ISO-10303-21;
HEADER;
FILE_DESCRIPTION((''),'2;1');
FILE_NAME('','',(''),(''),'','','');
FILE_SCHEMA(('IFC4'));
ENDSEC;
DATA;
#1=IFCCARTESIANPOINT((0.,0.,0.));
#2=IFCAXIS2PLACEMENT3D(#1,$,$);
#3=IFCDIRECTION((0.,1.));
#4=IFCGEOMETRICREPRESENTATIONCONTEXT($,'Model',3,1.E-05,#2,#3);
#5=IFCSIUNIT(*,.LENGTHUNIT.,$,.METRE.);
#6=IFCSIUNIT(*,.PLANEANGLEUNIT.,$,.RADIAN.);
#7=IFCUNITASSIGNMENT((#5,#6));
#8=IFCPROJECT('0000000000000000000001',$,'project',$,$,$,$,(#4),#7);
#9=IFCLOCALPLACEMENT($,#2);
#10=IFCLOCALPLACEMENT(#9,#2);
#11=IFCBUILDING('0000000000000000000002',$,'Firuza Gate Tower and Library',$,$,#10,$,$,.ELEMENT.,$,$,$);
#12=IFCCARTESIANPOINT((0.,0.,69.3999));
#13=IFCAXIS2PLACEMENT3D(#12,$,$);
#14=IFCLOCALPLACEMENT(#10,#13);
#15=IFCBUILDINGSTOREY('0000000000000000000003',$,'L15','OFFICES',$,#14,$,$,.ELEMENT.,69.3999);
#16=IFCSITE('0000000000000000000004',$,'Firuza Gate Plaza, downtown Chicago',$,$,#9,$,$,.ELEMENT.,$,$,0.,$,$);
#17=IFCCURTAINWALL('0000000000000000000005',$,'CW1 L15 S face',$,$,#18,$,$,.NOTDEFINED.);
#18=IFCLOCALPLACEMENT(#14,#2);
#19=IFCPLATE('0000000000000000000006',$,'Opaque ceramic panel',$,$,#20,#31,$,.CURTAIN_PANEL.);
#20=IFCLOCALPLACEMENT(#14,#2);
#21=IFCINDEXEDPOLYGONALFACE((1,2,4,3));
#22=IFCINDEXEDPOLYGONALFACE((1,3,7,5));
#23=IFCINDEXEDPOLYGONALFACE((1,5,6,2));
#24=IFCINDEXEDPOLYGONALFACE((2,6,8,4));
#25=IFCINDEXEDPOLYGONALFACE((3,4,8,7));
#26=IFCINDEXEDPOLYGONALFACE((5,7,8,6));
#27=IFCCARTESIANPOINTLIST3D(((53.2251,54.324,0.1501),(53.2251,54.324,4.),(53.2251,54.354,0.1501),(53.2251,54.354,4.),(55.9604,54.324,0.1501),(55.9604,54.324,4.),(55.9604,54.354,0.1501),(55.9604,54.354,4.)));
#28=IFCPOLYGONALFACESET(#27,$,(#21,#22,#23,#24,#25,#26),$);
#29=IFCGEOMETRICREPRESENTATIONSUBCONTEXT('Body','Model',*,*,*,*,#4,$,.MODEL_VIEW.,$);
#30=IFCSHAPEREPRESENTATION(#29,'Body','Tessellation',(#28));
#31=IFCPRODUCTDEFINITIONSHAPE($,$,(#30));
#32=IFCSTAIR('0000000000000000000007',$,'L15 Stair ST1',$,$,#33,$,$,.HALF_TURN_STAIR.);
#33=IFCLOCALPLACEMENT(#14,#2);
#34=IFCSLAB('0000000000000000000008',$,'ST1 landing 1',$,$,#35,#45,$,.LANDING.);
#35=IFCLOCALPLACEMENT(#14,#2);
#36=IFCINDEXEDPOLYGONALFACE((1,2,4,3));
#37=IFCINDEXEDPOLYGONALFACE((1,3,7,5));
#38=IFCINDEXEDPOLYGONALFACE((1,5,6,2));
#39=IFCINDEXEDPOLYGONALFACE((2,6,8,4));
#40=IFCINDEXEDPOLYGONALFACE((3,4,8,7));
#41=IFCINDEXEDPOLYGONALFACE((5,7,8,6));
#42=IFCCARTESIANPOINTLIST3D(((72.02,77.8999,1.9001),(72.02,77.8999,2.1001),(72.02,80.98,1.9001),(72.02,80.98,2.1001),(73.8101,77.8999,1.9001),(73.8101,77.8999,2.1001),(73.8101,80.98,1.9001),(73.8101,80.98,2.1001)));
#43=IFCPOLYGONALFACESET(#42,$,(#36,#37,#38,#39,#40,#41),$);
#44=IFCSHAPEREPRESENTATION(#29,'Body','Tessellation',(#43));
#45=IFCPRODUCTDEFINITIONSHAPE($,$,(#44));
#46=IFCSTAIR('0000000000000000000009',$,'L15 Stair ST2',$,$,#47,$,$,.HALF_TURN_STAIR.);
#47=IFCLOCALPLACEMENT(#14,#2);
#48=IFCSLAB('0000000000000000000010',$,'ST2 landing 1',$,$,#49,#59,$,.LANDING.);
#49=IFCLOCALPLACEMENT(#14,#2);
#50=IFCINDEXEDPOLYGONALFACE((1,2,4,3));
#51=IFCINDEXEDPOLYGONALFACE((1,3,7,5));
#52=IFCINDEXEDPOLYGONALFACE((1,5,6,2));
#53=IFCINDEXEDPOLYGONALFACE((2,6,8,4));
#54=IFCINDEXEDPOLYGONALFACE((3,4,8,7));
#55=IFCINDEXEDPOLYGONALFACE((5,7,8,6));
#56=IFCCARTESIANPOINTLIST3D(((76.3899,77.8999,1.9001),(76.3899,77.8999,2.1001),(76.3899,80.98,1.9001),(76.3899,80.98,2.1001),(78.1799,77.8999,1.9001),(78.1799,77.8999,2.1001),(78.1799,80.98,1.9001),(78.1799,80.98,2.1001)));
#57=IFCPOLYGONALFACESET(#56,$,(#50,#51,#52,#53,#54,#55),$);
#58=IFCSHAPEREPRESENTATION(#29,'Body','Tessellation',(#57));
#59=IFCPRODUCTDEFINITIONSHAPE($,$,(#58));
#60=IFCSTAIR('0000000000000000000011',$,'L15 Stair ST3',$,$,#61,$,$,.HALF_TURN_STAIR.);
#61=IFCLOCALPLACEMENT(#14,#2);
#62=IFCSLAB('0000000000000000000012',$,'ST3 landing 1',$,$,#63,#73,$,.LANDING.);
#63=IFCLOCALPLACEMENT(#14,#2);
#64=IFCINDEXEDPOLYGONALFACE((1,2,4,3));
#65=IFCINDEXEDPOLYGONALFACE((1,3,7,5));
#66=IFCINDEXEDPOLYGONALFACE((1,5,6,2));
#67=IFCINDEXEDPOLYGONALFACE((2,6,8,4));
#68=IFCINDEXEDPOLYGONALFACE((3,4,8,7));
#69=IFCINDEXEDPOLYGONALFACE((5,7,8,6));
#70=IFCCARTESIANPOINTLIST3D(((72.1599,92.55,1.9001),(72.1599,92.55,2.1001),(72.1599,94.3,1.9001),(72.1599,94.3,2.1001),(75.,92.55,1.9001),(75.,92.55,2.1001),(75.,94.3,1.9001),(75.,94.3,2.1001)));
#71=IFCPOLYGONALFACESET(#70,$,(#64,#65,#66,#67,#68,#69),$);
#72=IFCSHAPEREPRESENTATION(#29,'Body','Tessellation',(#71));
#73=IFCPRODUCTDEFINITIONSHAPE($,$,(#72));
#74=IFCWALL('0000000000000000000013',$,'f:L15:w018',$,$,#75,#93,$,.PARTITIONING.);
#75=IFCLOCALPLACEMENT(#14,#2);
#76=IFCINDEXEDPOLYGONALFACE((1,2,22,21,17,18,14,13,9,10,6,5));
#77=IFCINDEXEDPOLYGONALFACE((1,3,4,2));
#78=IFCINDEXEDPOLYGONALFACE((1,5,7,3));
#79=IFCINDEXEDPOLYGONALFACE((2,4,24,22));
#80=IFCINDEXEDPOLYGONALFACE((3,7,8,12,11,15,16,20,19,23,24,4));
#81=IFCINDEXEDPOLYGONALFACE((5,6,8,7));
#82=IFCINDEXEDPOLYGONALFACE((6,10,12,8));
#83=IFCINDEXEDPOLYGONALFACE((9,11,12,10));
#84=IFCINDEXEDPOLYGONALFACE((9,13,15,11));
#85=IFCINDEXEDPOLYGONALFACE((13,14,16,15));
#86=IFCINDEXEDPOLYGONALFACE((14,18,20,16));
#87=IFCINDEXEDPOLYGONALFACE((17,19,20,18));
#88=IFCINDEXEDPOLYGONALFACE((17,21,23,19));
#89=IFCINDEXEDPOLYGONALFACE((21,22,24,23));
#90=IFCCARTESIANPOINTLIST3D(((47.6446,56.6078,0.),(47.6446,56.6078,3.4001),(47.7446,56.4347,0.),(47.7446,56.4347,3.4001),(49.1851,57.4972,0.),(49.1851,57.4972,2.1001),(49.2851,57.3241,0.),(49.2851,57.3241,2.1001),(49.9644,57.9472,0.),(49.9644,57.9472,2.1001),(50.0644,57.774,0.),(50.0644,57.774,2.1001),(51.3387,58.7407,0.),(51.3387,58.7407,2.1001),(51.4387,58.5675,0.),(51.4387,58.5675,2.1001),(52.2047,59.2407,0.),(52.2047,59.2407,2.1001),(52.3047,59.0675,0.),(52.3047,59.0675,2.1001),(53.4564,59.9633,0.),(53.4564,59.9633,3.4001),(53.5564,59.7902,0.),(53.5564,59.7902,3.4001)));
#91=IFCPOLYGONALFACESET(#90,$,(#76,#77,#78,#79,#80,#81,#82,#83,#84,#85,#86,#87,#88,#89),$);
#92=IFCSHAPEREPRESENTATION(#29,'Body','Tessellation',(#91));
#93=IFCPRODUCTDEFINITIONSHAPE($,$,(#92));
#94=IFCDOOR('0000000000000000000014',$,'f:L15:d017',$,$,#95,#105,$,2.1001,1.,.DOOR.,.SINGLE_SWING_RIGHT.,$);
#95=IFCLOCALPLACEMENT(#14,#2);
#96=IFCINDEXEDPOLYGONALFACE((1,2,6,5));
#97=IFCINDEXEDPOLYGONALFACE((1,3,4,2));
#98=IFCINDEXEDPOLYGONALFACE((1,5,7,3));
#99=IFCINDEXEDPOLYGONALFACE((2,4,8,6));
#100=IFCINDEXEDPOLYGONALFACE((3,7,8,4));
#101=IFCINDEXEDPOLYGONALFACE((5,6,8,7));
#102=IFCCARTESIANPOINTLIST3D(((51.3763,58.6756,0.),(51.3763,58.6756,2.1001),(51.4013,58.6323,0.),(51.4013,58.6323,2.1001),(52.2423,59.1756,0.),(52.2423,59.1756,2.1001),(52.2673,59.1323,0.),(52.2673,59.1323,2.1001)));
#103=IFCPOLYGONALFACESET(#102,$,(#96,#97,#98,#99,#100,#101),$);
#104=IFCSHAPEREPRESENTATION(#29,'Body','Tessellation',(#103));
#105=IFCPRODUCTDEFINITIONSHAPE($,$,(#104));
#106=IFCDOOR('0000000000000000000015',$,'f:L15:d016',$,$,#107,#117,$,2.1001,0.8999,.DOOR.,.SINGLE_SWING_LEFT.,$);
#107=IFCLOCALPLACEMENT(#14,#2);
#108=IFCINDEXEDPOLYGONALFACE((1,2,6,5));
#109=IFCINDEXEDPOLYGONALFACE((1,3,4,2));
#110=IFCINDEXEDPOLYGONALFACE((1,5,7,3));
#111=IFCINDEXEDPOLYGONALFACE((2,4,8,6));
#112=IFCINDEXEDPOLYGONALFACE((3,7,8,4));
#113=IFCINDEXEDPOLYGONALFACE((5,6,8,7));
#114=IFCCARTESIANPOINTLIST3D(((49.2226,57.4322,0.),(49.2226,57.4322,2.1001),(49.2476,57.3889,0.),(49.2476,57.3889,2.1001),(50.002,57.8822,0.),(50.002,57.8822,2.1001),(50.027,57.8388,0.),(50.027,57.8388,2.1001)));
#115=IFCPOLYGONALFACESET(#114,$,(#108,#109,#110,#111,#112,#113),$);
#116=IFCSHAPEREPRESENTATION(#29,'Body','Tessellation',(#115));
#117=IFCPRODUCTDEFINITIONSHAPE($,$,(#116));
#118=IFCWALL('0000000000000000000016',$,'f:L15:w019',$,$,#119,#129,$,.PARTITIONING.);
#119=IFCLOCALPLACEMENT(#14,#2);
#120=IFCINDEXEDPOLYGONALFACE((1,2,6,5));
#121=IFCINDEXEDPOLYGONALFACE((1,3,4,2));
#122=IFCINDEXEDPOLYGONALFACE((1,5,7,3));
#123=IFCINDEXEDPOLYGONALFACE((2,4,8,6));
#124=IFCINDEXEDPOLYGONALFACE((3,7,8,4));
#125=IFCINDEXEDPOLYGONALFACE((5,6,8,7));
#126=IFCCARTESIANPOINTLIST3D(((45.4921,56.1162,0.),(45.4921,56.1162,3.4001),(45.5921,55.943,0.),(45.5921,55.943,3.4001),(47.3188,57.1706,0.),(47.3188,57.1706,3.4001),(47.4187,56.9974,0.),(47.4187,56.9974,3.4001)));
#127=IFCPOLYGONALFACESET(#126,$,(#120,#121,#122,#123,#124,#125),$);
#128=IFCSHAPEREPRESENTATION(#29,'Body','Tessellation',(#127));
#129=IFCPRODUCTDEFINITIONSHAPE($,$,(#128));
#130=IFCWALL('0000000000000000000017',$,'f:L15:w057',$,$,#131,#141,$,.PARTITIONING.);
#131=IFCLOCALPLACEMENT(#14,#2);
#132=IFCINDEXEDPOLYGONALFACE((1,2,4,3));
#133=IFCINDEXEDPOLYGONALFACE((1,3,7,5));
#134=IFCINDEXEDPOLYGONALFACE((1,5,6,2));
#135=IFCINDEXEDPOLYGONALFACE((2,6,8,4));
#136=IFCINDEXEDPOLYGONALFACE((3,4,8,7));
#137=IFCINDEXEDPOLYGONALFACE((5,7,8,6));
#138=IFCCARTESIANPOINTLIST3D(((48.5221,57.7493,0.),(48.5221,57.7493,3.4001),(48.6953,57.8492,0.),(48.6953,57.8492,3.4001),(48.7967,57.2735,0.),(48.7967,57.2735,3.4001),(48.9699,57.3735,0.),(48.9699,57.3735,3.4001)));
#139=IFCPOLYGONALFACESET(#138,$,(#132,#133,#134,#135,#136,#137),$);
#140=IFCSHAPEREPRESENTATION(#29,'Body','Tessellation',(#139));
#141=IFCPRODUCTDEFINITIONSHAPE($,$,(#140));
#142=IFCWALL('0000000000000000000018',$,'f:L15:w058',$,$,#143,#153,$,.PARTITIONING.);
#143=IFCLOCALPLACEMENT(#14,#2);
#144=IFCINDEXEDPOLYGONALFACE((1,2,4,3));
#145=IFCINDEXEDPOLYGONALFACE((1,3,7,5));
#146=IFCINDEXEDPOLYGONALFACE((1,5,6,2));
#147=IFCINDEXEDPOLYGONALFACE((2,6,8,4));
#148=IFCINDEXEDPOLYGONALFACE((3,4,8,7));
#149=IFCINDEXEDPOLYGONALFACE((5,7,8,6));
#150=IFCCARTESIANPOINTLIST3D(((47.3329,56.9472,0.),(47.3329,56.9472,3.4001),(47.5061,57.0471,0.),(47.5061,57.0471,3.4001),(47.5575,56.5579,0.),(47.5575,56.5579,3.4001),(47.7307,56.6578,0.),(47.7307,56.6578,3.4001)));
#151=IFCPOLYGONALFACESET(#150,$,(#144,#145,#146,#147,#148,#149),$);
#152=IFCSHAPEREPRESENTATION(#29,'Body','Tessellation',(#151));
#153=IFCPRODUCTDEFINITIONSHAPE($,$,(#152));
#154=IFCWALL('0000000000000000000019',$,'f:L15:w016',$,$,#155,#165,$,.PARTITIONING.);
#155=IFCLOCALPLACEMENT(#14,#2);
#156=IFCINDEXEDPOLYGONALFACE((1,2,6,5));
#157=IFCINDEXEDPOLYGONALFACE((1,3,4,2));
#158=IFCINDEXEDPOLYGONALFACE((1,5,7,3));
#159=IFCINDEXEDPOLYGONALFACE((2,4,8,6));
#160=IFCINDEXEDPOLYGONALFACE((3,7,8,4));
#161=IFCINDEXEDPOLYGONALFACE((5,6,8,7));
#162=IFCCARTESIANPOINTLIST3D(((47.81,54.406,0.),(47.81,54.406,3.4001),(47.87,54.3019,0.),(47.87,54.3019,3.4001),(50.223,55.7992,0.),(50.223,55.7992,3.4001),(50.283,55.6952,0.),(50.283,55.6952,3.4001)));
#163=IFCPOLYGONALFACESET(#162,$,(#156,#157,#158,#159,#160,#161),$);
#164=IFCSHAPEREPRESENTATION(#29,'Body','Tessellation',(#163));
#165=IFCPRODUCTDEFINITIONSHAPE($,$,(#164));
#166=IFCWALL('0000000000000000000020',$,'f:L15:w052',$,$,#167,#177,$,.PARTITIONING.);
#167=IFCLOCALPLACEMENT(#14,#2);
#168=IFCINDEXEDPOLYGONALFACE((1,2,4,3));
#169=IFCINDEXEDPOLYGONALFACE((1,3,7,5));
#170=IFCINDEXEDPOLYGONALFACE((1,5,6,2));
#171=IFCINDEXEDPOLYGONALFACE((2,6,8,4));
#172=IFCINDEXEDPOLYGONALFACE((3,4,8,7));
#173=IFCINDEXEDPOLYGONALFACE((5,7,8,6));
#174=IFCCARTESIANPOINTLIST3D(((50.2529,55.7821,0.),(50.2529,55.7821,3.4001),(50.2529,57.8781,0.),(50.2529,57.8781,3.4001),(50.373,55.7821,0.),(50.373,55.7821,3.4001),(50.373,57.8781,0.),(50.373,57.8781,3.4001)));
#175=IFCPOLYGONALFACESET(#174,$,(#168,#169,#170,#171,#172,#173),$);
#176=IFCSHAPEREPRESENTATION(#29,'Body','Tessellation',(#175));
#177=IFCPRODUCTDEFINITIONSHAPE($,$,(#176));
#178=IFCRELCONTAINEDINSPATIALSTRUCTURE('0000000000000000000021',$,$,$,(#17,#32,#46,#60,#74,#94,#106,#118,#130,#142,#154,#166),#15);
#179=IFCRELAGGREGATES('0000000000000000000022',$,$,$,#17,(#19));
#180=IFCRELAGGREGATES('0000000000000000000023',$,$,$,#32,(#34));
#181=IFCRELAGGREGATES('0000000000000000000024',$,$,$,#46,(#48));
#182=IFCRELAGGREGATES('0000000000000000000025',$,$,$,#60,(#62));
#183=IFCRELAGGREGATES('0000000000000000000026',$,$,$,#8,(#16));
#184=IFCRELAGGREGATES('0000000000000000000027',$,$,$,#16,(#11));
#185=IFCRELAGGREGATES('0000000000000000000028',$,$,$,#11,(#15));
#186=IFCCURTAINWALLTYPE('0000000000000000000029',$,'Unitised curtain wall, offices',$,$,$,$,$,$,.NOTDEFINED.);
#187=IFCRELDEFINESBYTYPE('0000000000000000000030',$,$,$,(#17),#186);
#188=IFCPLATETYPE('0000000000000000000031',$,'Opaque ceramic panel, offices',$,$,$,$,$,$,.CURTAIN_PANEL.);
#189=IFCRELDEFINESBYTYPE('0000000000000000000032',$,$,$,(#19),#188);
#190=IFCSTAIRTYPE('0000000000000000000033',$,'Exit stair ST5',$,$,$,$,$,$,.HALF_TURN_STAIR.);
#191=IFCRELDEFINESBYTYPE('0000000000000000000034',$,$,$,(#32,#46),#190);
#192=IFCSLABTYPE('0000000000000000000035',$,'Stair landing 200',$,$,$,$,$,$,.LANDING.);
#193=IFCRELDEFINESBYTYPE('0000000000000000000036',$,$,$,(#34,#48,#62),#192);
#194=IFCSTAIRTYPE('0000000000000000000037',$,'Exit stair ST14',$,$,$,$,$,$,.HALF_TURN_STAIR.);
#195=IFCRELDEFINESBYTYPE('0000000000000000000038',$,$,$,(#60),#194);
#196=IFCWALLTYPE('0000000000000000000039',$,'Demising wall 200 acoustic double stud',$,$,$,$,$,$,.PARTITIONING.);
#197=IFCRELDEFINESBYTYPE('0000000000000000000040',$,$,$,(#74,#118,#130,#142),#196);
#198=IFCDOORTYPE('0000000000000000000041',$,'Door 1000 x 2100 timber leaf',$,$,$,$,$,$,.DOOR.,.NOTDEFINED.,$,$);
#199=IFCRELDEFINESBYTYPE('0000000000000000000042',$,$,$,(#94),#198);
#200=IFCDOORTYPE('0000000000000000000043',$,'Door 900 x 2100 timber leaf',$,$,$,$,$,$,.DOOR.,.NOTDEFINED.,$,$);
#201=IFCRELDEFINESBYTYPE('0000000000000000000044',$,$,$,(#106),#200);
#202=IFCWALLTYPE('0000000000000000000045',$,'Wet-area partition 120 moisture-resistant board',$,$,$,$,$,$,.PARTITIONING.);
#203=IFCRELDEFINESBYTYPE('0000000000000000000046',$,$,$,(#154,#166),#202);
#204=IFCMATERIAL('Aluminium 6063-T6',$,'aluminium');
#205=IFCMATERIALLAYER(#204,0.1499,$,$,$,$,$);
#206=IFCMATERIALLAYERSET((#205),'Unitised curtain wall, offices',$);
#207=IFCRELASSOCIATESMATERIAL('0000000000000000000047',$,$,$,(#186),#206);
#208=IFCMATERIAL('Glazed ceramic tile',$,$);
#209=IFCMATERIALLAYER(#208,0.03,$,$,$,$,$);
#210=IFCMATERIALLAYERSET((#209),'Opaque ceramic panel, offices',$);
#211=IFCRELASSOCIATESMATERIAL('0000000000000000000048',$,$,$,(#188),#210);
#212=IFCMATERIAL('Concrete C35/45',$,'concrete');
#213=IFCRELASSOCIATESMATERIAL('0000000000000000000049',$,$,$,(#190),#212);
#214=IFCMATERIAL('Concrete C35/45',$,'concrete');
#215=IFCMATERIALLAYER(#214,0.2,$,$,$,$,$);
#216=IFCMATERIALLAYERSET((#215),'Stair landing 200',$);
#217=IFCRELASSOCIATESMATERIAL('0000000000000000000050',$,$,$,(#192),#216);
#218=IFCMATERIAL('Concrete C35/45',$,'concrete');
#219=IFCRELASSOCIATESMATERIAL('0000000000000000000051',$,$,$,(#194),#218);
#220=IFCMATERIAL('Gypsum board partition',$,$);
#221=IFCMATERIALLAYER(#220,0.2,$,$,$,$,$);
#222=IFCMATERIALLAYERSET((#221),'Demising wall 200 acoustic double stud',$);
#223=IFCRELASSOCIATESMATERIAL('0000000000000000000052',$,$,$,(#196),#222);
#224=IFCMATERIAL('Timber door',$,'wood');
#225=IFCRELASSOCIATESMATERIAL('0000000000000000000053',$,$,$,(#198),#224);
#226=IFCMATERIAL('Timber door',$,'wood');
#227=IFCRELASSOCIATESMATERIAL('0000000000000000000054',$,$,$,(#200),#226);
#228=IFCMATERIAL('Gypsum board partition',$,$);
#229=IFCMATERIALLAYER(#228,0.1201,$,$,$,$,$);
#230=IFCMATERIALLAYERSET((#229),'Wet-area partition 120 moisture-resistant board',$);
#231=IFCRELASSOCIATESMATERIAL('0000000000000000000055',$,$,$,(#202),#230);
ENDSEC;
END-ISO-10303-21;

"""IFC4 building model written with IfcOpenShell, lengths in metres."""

from ifc_helpers import new_model, si_unit, direction, frame, frame_2d, origin, place, context, subcontext, project, spatial, polyline, rectangle, outline, extrude, material, layer, layer_set, type_object, element, fill, aggregate, save


model = new_model("IFC4")

# Units and contexts
model_context = context("Model", 3, precision=1e-05, world=origin(), true_north=direction((0.0, 1.0)))
body_context = subcontext(model_context, "Body", "Model", "MODEL_VIEW")
ifc_project = project(units=[si_unit("LENGTHUNIT", "METRE"), si_unit("PLANEANGLEUNIT", "RADIAN")], contexts=[model_context])

# Site, building, storey
site_placement = place(None, origin())
site = spatial("IfcSite", under=ifc_project, at=site_placement, Name="Firuza Gate Plaza, downtown Chicago", CompositionType="ELEMENT", RefElevation=0.0)
building_placement = place(site_placement, origin())
building = spatial("IfcBuilding", under=site, at=building_placement, Name="Firuza Gate Tower and Library", CompositionType="ELEMENT")
storey_placement = place(building_placement, frame((0.0, 0.0, 69.3999)))
storey = spatial("IfcBuildingStorey", under=building, at=storey_placement, Name="L15", Description="OFFICES", CompositionType="ELEMENT", Elevation=69.3999)

# Curtain wall
ifc_material_1 = material(Name="Aluminium 6063-T6", Category="aluminium")
ifc_layer_1 = layer(ifc_material_1, 0.1499)
ifc_layer_set_1 = layer_set([ifc_layer_1], Name="Unitised curtain wall, offices")
curtain_wall_type_1 = type_object("IfcCurtainWallType", Name="Unitised curtain wall, offices", PredefinedType="NOTDEFINED", material=ifc_layer_set_1)
placement_1 = place(storey_placement, origin())
curtain_wall_1 = element("IfcCurtainWall", 1, at=placement_1, inside=storey, type_object=curtain_wall_type_1, Name="CW1 L15 S face", PredefinedType="NOTDEFINED")

# Plate
ifc_material_2 = material(Name="Glazed ceramic tile")
ifc_layer_2 = layer(ifc_material_2, 0.03)
ifc_layer_set_2 = layer_set([ifc_layer_2], Name="Opaque ceramic panel, offices")
plate_type_1 = type_object("IfcPlateType", Name="Opaque ceramic panel, offices", PredefinedType="CURTAIN_PANEL", material=ifc_layer_set_2)
plate_1_placement = place(storey_placement, frame((53.2251, 54.324, 0.1501), z_axis=(0.0, -1.0, 0.0), x_axis=(1.0, 0.0, 0.0)))
plate_1 = element("IfcPlate", 2, at=plate_1_placement, type_object=plate_type_1, Name="Opaque ceramic panel", PredefinedType="CURTAIN_PANEL", context=body_context, shape_type="SweptSolid", body=[
    extrude(outline(polyline([(0.0, 0.0), (2.7354, 0.0), (2.7354, 3.8499), (0.0, 3.8499), (0.0, 0.0)])), origin(), (0.0, 0.0, -1.0), 0.03),
])
aggregate(curtain_wall_1, [plate_1])

# Stairs, slabs
ifc_material_3 = material(Name="Concrete C35/45", Category="concrete")
stair_type_1 = type_object("IfcStairType", Name="Exit stair ST5", PredefinedType="HALF_TURN_STAIR", material=ifc_material_3)
stair_1 = element("IfcStair", 3, at=placement_1, inside=storey, type_object=stair_type_1, Name="L15 Stair ST1", PredefinedType="HALF_TURN_STAIR")
ifc_material_4 = material(Name="Concrete C35/45", Category="concrete")
ifc_layer_3 = layer(ifc_material_4, 0.2)
ifc_layer_set_3 = layer_set([ifc_layer_3], Name="Stair landing 200")
slab_type_1 = type_object("IfcSlabType", Name="Stair landing 200", PredefinedType="LANDING", material=ifc_layer_set_3)
placement_2 = place(storey_placement, frame((0.0, 0.0, 1.9001)))
slab_1 = element("IfcSlab", 4, at=placement_2, type_object=slab_type_1, Name="ST1 landing 1", PredefinedType="LANDING", context=body_context, shape_type="SweptSolid", body=[
    extrude(outline(polyline([(72.02, 77.8999), (73.8101, 77.8999), (73.8101, 80.98), (72.02, 80.98), (72.02, 77.8999)])), origin(), (0.0, 0.0, 1.0), 0.2),
])
aggregate(stair_1, [slab_1])
stair_2 = element("IfcStair", 5, at=placement_1, inside=storey, type_object=stair_type_1, Name="L15 Stair ST2", PredefinedType="HALF_TURN_STAIR")
slab_2 = element("IfcSlab", 6, at=placement_2, type_object=slab_type_1, Name="ST2 landing 1", PredefinedType="LANDING", context=body_context, shape_type="SweptSolid", body=[
    extrude(outline(polyline([(78.1799, 80.98), (76.3899, 80.98), (76.3899, 77.8999), (78.1799, 77.8999), (78.1799, 80.98)])), origin(), (0.0, 0.0, 1.0), 0.2),
])
aggregate(stair_2, [slab_2])
ifc_material_5 = material(Name="Concrete C35/45", Category="concrete")
stair_type_2 = type_object("IfcStairType", Name="Exit stair ST14", PredefinedType="HALF_TURN_STAIR", material=ifc_material_5)
stair_3 = element("IfcStair", 7, at=placement_1, inside=storey, type_object=stair_type_2, Name="L15 Stair ST3", PredefinedType="HALF_TURN_STAIR")
slab_3 = element("IfcSlab", 8, at=placement_2, type_object=slab_type_1, Name="ST3 landing 1", PredefinedType="LANDING", context=body_context, shape_type="SweptSolid", body=[
    extrude(outline(polyline([(75.0, 92.55), (75.0, 94.3), (72.1599, 94.3), (72.1599, 92.55), (75.0, 92.55)])), origin(), (0.0, 0.0, 1.0), 0.2),
])
aggregate(stair_3, [slab_3])

# Wall, openings, doors
ifc_material_6 = material(Name="Gypsum board partition")
ifc_layer_4 = layer(ifc_material_6, 0.2)
ifc_layer_set_4 = layer_set([ifc_layer_4], Name="Demising wall 200 acoustic double stud")
wall_type_1 = type_object("IfcWallType", Name="Demising wall 200 acoustic double stud", PredefinedType="PARTITIONING", material=ifc_layer_set_4)
wall_1_placement = place(storey_placement, frame((47.6946, 56.5212, 0.0), z_axis=(0.0, 0.0, 1.0), x_axis=(0.866023, 0.500005, 0.0)))
wall_1 = element("IfcWall", 9, at=wall_1_placement, inside=storey, type_object=wall_type_1, Name="f:L15:w018", PredefinedType="PARTITIONING", context=body_context, shape_type="SweptSolid", body=[
    extrude(rectangle(XDim=6.7109, YDim=0.2, at=frame_2d((3.3555, 0.0))), origin(), (0.0, 0.0, 1.0), 3.4001),
])
opening_1_placement = place(wall_1_placement, frame((1.7788, 0.0, 0.0)))
opening_1 = element("IfcOpeningElement", 10, at=opening_1_placement, cuts=wall_1, PredefinedType="OPENING", context=body_context, shape_type="SweptSolid", body=[
    extrude(rectangle(XDim=0.8999, YDim=2.1001, at=frame_2d((0.45, 1.05))), frame((0.0, 0.1099, 0.0), z_axis=(0.0, -1.0, 0.0), x_axis=(1.0, 0.0, 0.0)), (0.0, 0.0, 1.0), 0.22),
])
opening_2_placement = place(wall_1_placement, frame((4.2656, 0.0, 0.0)))
opening_2 = element("IfcOpeningElement", 11, at=opening_2_placement, cuts=wall_1, PredefinedType="OPENING", context=body_context, shape_type="SweptSolid", body=[
    extrude(rectangle(XDim=1.0, YDim=2.1001, at=frame_2d((0.5, 1.05))), frame((0.0, 0.1099, 0.0), z_axis=(0.0, -1.0, 0.0), x_axis=(1.0, 0.0, 0.0)), (0.0, 0.0, 1.0), 0.22),
])
ifc_material_7 = material(Name="Timber door", Category="wood")
door_type_1 = type_object("IfcDoorType", Name="Door 1000 x 2100 timber leaf", OperationType="NOTDEFINED", PredefinedType="DOOR", material=ifc_material_7)
door_1_placement = place(opening_2_placement, origin())
door_1 = element("IfcDoor", 12, at=door_1_placement, inside=storey, type_object=door_type_1, Name="f:L15:d017", OperationType="SINGLE_SWING_RIGHT", OverallHeight=2.1001, OverallWidth=1.0, PredefinedType="DOOR", context=body_context, shape_type="SweptSolid", body=[
    extrude(rectangle(XDim=1.0, YDim=2.1001, at=frame_2d((0.5, 1.05))), frame((0.0, 0.0249, 0.0), z_axis=(0.0, -1.0, 0.0), x_axis=(1.0, 0.0, 0.0)), (0.0, 0.0, 1.0), 0.05),
])
fill(opening_2, door_1)
ifc_material_8 = material(Name="Timber door", Category="wood")
door_type_2 = type_object("IfcDoorType", Name="Door 900 x 2100 timber leaf", OperationType="NOTDEFINED", PredefinedType="DOOR", material=ifc_material_8)
door_2_placement = place(opening_1_placement, origin())
door_2 = element("IfcDoor", 13, at=door_2_placement, inside=storey, type_object=door_type_2, Name="f:L15:d016", OperationType="SINGLE_SWING_LEFT", OverallHeight=2.1001, OverallWidth=0.8999, PredefinedType="DOOR", context=body_context, shape_type="SweptSolid", body=[
    extrude(rectangle(XDim=0.8999, YDim=2.1001, at=frame_2d((0.45, 1.05))), frame((0.0, 0.0249, 0.0), z_axis=(0.0, -1.0, 0.0), x_axis=(1.0, 0.0, 0.0)), (0.0, 0.0, 1.0), 0.05),
])
fill(opening_1, door_2)

# Walls
wall_2_placement = place(storey_placement, frame((45.542, 56.0295, 0.0), z_axis=(0.0, 0.0, 1.0), x_axis=(0.866062, 0.499936, 0.0)))
element("IfcWall", 14, at=wall_2_placement, inside=storey, type_object=wall_type_1, Name="f:L15:w019", PredefinedType="PARTITIONING", context=body_context, shape_type="SweptSolid", body=[
    extrude(rectangle(XDim=2.1091, YDim=0.2, at=frame_2d((1.0547, 0.0))), origin(), (0.0, 0.0, 1.0), 3.4001),
])
wall_3_placement = place(storey_placement, frame((48.8833, 57.3235, 0.0), z_axis=(0.0, 0.0, 1.0), x_axis=(-0.499915, 0.866075, 0.0)))
element("IfcWall", 15, at=wall_3_placement, inside=storey, type_object=wall_type_1, Name="f:L15:w057", PredefinedType="PARTITIONING", context=body_context, shape_type="SweptSolid", body=[
    extrude(rectangle(XDim=0.5493, YDim=0.2, at=frame_2d((0.2747, 0.0))), origin(), (0.0, 0.0, 1.0), 3.4001),
])
wall_4_placement = place(storey_placement, frame((47.644, 56.6079, 0.0), z_axis=(0.0, 0.0, 1.0), x_axis=(-0.499644, 0.866231, 0.0)))
element("IfcWall", 16, at=wall_4_placement, inside=storey, type_object=wall_type_1, Name="f:L15:w058", PredefinedType="PARTITIONING", context=body_context, shape_type="SweptSolid", body=[
    extrude(rectangle(XDim=0.4495, YDim=0.2, at=frame_2d((0.2246, 0.0))), origin(), (0.0, 0.0, 1.0), 3.4001),
])
ifc_material_9 = material(Name="Gypsum board partition")
ifc_layer_5 = layer(ifc_material_9, 0.1201)
ifc_layer_set_5 = layer_set([ifc_layer_5], Name="Wet-area partition 120 moisture-resistant board")
wall_type_2 = type_object("IfcWallType", Name="Wet-area partition 120 moisture-resistant board", PredefinedType="PARTITIONING", material=ifc_layer_set_5)
wall_5_placement = place(storey_placement, frame((47.8401, 54.354, 0.0), z_axis=(0.0, 0.0, 1.0), x_axis=(0.866008, 0.500031, 0.0)))
element("IfcWall", 17, at=wall_5_placement, inside=storey, type_object=wall_type_2, Name="f:L15:w016", PredefinedType="PARTITIONING", context=body_context, shape_type="SweptSolid", body=[
    extrude(rectangle(XDim=2.7864, YDim=0.1201, at=frame_2d((1.3931, 0.0))), origin(), (0.0, 0.0, 1.0), 3.4001),
])
wall_6_placement = place(storey_placement, frame((50.313, 55.7822, 0.0), z_axis=(0.0, 0.0, 1.0), x_axis=(0.0, 1.0, 0.0)))
element("IfcWall", 18, at=wall_6_placement, inside=storey, type_object=wall_type_2, Name="f:L15:w052", PredefinedType="PARTITIONING", context=body_context, shape_type="SweptSolid", body=[
    extrude(rectangle(XDim=2.0959, YDim=0.1201, at=frame_2d((1.0479, 0.0))), origin(), (0.0, 0.0, 1.0), 3.4001),
])

save(model, "model.ifc")
